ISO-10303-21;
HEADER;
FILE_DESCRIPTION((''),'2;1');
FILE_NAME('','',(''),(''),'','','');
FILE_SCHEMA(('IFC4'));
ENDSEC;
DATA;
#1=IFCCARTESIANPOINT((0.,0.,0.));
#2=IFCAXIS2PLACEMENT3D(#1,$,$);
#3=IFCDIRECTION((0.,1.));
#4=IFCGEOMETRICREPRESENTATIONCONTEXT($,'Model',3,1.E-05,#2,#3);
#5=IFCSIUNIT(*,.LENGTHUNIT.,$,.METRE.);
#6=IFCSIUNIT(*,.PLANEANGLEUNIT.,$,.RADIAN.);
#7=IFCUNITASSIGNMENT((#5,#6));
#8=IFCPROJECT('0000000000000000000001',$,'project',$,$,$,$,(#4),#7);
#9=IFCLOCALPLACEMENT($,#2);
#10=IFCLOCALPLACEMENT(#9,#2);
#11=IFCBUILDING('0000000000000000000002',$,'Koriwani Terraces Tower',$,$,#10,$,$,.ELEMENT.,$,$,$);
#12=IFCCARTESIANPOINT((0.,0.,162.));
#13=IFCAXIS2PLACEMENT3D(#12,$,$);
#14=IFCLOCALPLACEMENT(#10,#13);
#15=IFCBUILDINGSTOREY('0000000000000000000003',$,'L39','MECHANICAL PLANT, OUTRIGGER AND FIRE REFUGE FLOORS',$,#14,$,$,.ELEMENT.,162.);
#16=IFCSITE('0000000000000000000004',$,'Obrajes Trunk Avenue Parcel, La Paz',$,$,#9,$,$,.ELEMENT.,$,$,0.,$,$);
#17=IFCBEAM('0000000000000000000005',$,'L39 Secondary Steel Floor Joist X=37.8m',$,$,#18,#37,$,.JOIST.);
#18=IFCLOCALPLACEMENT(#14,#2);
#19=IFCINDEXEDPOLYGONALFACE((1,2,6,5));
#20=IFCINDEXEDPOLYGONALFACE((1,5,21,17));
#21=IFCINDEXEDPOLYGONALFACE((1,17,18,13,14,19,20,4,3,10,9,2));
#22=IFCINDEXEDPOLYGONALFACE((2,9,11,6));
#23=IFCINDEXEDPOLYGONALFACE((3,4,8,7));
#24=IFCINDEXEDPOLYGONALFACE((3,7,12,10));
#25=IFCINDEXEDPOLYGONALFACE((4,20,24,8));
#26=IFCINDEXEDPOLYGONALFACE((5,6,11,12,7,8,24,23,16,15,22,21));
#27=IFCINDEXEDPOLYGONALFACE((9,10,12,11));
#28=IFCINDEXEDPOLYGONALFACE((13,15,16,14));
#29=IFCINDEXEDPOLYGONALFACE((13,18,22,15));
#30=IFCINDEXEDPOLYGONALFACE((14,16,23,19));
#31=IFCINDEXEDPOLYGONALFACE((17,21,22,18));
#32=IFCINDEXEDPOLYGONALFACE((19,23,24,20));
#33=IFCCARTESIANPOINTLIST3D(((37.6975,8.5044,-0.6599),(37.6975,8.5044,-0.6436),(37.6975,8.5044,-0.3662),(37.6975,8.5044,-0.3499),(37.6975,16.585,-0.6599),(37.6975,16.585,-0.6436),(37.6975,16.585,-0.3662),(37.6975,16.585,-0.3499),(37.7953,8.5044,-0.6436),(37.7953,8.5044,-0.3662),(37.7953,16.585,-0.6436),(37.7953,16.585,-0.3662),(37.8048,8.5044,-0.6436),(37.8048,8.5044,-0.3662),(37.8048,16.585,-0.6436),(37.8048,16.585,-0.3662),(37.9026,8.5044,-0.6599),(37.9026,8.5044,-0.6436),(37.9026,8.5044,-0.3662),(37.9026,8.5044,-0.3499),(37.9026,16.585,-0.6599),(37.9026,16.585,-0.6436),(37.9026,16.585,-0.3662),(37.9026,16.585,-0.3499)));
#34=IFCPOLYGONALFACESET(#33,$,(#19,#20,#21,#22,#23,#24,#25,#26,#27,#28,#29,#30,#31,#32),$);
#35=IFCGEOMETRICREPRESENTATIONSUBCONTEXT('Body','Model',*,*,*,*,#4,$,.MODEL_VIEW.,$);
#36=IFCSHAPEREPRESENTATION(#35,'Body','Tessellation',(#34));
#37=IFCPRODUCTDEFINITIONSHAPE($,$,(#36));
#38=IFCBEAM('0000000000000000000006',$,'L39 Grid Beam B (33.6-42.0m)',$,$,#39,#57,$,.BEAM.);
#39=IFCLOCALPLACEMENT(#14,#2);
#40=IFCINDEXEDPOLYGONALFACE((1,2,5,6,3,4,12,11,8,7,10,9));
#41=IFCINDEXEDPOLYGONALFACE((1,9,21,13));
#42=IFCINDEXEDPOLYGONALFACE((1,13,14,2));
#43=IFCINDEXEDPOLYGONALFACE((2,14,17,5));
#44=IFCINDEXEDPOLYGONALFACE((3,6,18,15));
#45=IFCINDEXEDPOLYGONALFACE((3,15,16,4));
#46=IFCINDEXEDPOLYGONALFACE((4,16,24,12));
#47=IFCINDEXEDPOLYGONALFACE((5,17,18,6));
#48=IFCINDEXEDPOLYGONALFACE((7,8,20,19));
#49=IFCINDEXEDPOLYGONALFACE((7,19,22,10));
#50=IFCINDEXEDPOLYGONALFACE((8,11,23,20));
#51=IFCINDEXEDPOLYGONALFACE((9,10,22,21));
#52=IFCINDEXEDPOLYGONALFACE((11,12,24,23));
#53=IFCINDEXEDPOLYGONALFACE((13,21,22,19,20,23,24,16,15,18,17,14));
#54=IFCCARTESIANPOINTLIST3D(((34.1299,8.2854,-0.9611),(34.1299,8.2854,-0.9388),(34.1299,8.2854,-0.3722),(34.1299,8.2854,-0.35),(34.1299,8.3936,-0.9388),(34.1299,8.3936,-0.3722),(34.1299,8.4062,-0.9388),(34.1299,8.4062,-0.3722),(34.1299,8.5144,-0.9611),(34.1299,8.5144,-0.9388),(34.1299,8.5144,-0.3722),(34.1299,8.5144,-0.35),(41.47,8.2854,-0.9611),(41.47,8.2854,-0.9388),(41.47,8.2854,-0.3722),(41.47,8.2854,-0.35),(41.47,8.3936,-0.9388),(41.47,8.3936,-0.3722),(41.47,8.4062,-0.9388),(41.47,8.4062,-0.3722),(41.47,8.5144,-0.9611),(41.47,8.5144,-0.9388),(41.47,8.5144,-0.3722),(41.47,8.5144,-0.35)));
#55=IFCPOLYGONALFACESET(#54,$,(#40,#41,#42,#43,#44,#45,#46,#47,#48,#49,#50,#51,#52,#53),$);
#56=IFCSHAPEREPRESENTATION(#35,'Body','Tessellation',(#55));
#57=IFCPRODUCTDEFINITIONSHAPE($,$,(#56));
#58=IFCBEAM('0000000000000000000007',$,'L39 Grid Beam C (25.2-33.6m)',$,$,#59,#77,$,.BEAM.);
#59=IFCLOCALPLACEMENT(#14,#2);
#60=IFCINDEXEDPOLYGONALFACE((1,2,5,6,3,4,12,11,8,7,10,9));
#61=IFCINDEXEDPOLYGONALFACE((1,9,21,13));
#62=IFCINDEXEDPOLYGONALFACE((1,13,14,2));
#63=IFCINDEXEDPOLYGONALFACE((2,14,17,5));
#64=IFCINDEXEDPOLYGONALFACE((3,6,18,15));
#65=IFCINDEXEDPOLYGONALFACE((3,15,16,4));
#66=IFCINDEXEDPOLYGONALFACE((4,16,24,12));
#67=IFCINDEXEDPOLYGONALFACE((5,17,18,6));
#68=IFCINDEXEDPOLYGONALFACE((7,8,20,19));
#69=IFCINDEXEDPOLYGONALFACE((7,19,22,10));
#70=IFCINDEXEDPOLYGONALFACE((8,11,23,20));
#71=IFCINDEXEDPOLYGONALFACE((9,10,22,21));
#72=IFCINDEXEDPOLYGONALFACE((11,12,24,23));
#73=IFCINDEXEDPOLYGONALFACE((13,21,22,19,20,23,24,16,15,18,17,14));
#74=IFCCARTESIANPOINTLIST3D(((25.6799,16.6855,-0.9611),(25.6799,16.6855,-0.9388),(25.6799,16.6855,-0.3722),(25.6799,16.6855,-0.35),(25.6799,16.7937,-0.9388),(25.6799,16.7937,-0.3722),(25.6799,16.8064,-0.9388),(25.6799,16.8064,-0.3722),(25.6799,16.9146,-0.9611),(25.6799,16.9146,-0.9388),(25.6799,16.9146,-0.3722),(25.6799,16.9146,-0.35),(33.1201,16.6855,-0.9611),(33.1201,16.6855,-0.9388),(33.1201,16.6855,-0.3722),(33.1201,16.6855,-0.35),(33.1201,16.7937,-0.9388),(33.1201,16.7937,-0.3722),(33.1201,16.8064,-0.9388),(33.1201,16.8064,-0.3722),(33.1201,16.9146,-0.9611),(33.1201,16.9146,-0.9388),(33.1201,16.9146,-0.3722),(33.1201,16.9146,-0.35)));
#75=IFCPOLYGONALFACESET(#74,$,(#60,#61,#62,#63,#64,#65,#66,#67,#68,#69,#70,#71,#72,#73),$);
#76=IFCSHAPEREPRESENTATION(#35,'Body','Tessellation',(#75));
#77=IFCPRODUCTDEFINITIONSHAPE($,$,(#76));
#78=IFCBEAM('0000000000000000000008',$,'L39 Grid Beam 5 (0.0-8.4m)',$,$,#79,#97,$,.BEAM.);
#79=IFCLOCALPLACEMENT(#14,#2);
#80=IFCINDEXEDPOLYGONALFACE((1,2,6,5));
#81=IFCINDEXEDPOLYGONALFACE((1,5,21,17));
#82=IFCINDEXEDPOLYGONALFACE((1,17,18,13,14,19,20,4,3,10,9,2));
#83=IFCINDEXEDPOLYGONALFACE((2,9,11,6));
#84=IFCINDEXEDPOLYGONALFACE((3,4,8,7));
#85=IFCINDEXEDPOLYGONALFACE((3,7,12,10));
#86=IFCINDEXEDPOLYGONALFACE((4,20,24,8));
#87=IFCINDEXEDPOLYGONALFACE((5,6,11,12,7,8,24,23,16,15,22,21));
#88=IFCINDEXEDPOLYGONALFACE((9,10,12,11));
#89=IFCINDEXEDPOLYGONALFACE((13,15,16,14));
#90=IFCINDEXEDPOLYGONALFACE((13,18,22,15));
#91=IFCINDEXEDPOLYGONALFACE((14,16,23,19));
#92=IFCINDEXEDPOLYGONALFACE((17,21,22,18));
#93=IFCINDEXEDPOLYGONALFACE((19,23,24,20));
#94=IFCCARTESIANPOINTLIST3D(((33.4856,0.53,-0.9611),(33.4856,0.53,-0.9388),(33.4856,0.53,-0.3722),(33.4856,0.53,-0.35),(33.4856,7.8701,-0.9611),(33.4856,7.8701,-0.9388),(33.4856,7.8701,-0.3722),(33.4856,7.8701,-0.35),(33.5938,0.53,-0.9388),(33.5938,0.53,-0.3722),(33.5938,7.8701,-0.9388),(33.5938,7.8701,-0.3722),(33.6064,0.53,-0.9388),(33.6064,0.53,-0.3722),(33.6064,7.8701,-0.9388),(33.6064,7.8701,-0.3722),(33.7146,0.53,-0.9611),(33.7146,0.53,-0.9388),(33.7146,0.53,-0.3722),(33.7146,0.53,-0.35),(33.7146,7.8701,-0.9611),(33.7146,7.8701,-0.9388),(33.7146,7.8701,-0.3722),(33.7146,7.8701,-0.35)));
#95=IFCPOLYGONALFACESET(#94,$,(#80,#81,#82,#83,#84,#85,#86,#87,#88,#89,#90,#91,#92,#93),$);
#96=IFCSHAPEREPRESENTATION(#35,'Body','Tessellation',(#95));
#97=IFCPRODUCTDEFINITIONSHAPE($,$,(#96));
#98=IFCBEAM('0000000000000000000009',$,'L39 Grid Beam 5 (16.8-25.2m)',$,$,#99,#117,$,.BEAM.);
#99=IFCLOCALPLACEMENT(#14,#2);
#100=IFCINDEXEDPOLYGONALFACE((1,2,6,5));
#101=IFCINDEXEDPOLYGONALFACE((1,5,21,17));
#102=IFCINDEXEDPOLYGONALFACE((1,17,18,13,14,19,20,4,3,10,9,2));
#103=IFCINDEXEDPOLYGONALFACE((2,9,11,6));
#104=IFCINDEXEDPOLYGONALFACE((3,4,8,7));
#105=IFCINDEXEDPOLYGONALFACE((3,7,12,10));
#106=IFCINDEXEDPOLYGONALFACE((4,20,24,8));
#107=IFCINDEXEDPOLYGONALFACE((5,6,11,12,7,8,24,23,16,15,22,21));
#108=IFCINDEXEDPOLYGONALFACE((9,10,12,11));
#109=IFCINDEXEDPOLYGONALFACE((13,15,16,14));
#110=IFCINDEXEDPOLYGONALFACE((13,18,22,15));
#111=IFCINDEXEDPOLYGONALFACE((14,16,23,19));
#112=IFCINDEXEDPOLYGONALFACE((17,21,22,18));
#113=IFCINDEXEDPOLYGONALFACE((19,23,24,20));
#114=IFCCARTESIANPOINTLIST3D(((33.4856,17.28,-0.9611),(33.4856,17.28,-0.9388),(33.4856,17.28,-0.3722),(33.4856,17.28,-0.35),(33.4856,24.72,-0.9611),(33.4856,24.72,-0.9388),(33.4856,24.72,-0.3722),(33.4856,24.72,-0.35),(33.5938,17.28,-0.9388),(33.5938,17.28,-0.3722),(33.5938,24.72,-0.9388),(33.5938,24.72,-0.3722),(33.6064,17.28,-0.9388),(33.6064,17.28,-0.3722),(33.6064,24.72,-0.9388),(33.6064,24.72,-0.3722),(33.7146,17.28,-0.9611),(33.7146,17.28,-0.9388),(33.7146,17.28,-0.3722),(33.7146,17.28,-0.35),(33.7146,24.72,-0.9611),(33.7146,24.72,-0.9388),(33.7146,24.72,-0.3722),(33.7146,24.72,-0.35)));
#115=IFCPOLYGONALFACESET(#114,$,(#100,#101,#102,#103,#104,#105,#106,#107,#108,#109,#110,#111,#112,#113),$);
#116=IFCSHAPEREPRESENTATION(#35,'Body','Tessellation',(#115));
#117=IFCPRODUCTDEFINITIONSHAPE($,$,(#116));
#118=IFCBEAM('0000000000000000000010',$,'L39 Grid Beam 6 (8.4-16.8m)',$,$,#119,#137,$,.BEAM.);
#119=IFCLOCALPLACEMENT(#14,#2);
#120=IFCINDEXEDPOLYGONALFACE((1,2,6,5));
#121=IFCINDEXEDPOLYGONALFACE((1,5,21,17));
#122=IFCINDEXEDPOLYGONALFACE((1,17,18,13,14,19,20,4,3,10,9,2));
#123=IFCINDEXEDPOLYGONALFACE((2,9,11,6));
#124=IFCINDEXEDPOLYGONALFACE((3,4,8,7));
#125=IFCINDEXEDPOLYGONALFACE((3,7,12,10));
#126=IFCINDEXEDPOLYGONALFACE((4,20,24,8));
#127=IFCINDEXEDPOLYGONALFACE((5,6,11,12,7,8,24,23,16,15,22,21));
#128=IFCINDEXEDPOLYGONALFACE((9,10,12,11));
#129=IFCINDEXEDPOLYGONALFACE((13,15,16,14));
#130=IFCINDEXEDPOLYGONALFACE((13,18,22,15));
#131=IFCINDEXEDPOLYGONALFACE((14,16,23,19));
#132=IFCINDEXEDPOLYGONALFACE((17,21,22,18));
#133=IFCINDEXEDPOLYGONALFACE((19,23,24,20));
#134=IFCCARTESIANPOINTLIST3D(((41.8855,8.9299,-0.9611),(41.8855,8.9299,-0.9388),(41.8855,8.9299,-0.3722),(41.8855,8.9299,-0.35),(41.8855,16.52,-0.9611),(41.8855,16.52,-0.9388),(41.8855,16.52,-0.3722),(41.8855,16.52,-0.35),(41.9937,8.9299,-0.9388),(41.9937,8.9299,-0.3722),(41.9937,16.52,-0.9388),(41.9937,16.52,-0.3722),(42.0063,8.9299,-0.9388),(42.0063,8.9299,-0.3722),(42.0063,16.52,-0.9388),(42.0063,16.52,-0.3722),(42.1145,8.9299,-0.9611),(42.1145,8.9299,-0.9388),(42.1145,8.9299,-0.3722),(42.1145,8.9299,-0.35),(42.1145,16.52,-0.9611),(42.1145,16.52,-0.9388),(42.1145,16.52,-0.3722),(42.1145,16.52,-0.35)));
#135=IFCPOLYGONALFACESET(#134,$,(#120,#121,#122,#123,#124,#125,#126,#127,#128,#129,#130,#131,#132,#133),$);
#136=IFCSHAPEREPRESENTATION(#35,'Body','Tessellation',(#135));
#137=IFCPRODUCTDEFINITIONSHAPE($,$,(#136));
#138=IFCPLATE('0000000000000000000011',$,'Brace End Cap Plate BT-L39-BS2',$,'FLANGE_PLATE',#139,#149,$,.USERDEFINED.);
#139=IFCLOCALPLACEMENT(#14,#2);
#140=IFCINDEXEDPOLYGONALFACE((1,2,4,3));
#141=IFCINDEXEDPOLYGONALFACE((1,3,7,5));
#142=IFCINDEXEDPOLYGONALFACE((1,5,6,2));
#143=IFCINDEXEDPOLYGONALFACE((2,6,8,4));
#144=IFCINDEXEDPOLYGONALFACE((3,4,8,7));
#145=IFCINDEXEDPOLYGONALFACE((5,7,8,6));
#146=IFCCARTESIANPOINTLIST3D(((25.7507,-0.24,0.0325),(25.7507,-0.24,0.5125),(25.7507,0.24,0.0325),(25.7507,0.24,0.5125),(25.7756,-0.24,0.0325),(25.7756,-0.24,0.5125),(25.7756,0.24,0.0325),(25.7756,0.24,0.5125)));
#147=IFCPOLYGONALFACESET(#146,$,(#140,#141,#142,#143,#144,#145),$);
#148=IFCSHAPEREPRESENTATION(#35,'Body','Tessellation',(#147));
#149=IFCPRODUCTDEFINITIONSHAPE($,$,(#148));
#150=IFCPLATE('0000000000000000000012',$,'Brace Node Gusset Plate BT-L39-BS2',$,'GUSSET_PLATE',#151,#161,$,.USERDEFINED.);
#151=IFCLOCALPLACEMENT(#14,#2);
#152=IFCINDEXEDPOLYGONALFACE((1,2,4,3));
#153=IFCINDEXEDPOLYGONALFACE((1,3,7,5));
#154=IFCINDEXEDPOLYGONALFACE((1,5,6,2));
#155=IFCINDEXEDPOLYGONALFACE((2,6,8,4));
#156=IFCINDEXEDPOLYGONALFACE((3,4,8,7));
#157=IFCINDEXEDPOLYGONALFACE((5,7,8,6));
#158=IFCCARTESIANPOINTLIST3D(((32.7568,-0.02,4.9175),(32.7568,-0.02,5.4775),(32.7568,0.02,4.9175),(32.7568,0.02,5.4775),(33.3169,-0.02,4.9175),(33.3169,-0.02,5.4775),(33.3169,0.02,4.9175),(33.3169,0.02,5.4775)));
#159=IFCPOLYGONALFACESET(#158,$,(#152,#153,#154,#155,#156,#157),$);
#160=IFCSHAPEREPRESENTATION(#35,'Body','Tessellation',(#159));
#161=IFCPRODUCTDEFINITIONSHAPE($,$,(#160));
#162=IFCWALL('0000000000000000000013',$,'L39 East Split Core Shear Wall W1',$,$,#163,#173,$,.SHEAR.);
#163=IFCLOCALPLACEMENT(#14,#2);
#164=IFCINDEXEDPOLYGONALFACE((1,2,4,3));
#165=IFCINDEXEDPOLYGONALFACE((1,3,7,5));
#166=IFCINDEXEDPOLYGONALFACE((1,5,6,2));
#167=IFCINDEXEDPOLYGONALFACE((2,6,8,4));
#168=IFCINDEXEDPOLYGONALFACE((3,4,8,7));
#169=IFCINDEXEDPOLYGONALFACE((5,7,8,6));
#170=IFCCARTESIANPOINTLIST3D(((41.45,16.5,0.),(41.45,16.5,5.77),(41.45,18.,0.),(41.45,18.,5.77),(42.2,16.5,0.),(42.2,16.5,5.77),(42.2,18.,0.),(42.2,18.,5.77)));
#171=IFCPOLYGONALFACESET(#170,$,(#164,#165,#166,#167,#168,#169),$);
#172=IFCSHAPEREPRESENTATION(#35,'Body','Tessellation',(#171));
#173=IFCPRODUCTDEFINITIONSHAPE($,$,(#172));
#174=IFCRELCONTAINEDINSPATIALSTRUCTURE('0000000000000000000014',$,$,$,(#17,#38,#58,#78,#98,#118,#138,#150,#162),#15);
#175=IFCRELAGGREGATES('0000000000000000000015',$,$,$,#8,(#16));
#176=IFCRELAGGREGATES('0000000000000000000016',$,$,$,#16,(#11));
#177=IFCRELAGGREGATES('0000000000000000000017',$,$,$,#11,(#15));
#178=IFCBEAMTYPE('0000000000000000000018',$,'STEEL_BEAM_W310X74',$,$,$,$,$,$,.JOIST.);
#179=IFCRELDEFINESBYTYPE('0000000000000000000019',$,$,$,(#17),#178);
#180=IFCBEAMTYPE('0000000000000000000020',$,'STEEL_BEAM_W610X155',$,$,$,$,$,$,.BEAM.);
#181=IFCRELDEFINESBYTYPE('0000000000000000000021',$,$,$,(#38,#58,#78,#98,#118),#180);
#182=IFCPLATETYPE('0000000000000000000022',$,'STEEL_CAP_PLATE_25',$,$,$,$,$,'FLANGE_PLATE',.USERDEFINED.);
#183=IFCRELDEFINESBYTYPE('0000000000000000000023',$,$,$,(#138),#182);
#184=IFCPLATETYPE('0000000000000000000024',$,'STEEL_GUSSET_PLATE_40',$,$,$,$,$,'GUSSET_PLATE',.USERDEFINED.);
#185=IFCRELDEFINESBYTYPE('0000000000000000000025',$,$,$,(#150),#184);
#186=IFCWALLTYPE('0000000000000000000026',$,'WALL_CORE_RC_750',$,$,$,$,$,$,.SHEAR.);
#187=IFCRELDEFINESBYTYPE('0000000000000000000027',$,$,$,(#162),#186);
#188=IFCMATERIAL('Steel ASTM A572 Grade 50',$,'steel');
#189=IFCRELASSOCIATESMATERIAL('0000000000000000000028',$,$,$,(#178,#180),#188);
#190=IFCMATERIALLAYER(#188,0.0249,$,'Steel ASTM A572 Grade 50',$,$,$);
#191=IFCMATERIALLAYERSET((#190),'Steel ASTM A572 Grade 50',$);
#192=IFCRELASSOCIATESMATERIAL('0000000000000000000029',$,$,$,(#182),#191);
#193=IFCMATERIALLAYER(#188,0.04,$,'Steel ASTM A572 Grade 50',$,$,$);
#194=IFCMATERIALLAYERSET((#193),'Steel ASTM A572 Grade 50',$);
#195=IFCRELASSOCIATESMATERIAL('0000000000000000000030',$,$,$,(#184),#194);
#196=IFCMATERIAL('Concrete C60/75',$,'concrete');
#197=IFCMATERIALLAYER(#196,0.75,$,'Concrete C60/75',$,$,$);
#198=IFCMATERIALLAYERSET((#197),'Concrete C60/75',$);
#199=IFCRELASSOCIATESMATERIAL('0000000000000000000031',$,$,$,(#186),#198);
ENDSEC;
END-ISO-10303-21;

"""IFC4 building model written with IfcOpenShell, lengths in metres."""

from ifc_helpers import new_model, si_unit, direction, frame, frame_2d, origin, origin_2d, place, context, subcontext, project, spatial, rectangle, i_section, extrude, material, layer, layer_set, material_profile, profile_set, type_object, element, save


model = new_model("IFC4")

# Units and contexts
model_context = context("Model", 3, precision=1e-05, world=origin(), true_north=direction((0.0, 1.0)))
body_context = subcontext(model_context, "Body", "Model", "MODEL_VIEW")
ifc_project = project(units=[si_unit("LENGTHUNIT", "METRE"), si_unit("PLANEANGLEUNIT", "RADIAN")], contexts=[model_context])

# Site, building, storey
site_placement = place(None, origin())
site = spatial("IfcSite", under=ifc_project, at=site_placement, Name="Obrajes Trunk Avenue Parcel, La Paz", CompositionType="ELEMENT", RefElevation=0.0)
building_placement = place(site_placement, origin())
building = spatial("IfcBuilding", under=site, at=building_placement, Name="Koriwani Terraces Tower", CompositionType="ELEMENT")
storey_placement = place(building_placement, frame((0.0, 0.0, 162.0)))
storey = spatial("IfcBuildingStorey", under=building, at=storey_placement, Name="L39", Description="MECHANICAL PLANT, OUTRIGGER AND FIRE REFUGE FLOORS", CompositionType="ELEMENT", Elevation=162.0)

# Shared definitions
ifc_material_1 = material(Name="Steel ASTM A572 Grade 50", Category="steel")

# Beams
ifc_material_profile_1 = material_profile(ifc_material_1, i_section(OverallWidth=0.2051, OverallDepth=0.3101, WebThickness=0.0095, FlangeThickness=0.0164, at=origin_2d()), Name="Steel ASTM A572 Grade 50", Category="LoadBearing")
ifc_profile_set_1 = profile_set([ifc_material_profile_1], Name="Steel ASTM A572 Grade 50")
beam_type_1 = type_object("IfcBeamType", Name="STEEL_BEAM_W310X74", PredefinedType="JOIST", material=ifc_profile_set_1)
for number, where, z_axis, x_axis, name in (
    (1, (37.8, 8.5044, -0.5049), (0.0, 1.0, 0.0), (-1.0, 0.0, 0.0), "L39 Secondary Steel Floor Joist X=37.8m"),
):
    element("IfcBeam", number, at=place(storey_placement, frame(where, z_axis=z_axis, x_axis=x_axis)), inside=storey, type_object=beam_type_1, Name=name, PredefinedType="JOIST", context=body_context, shape_type="SweptSolid", body=[
        extrude(i_section(OverallWidth=0.2051, OverallDepth=0.3101, WebThickness=0.0095, FlangeThickness=0.0164, at=origin_2d()), origin(), (0.0, 0.0, 1.0), 8.0806),
    ])
ifc_material_profile_2 = material_profile(ifc_material_1, i_section(OverallWidth=0.229, OverallDepth=0.6111, WebThickness=0.0127, FlangeThickness=0.0222, at=origin_2d()), Name="Steel ASTM A572 Grade 50", Category="LoadBearing")
ifc_profile_set_2 = profile_set([ifc_material_profile_2], Name="Steel ASTM A572 Grade 50")
beam_type_2 = type_object("IfcBeamType", Name="STEEL_BEAM_W610X155", PredefinedType="BEAM", material=ifc_profile_set_2)
beam_1_placement = place(storey_placement, frame((34.1299, 8.3999, -0.6555), z_axis=(1.0, 0.0, 0.0), x_axis=(0.0, 1.0, 0.0)))
element("IfcBeam", 2, at=beam_1_placement, inside=storey, type_object=beam_type_2, Name="L39 Grid Beam B (33.6-42.0m)", PredefinedType="BEAM", context=body_context, shape_type="SweptSolid", body=[
    extrude(i_section(OverallWidth=0.229, OverallDepth=0.6111, WebThickness=0.0127, FlangeThickness=0.0222, at=origin_2d()), origin(), (0.0, 0.0, 1.0), 7.3401),
])
beam_2_placement = place(storey_placement, frame((25.6799, 16.8, -0.6555), z_axis=(1.0, 0.0, 0.0), x_axis=(0.0, 1.0, 0.0)))
element("IfcBeam", 3, at=beam_2_placement, inside=storey, type_object=beam_type_2, Name="L39 Grid Beam C (25.2-33.6m)", PredefinedType="BEAM", context=body_context, shape_type="SweptSolid", body=[
    extrude(i_section(OverallWidth=0.229, OverallDepth=0.6111, WebThickness=0.0127, FlangeThickness=0.0222, at=origin_2d()), origin(), (0.0, 0.0, 1.0), 7.4402),
])
beam_3_placement = place(storey_placement, frame((33.6001, 0.53, -0.6555), z_axis=(0.0, 1.0, 0.0), x_axis=(-1.0, 0.0, 0.0)))
element("IfcBeam", 4, at=beam_3_placement, inside=storey, type_object=beam_type_2, Name="L39 Grid Beam 5 (0.0-8.4m)", PredefinedType="BEAM", context=body_context, shape_type="SweptSolid", body=[
    extrude(i_section(OverallWidth=0.229, OverallDepth=0.6111, WebThickness=0.0127, FlangeThickness=0.0222, at=origin_2d()), origin(), (0.0, 0.0, 1.0), 7.3401),
])
beam_4_placement = place(storey_placement, frame((33.6001, 17.28, -0.6555), z_axis=(0.0, 1.0, 0.0), x_axis=(-1.0, 0.0, 0.0)))
element("IfcBeam", 5, at=beam_4_placement, inside=storey, type_object=beam_type_2, Name="L39 Grid Beam 5 (16.8-25.2m)", PredefinedType="BEAM", context=body_context, shape_type="SweptSolid", body=[
    extrude(i_section(OverallWidth=0.229, OverallDepth=0.6111, WebThickness=0.0127, FlangeThickness=0.0222, at=origin_2d()), origin(), (0.0, 0.0, 1.0), 7.4399),
])
beam_5_placement = place(storey_placement, frame((42.0, 8.9299, -0.6555), z_axis=(0.0, 1.0, 0.0), x_axis=(-1.0, 0.0, 0.0)))
element("IfcBeam", 6, at=beam_5_placement, inside=storey, type_object=beam_type_2, Name="L39 Grid Beam 6 (8.4-16.8m)", PredefinedType="BEAM", context=body_context, shape_type="SweptSolid", body=[
    extrude(i_section(OverallWidth=0.229, OverallDepth=0.6111, WebThickness=0.0127, FlangeThickness=0.0222, at=origin_2d()), origin(), (0.0, 0.0, 1.0), 7.5901),
])

# Plates
ifc_layer_1 = layer(ifc_material_1, 0.0249, Name="Steel ASTM A572 Grade 50")
ifc_layer_set_1 = layer_set([ifc_layer_1], Name="Steel ASTM A572 Grade 50")
plate_type_1 = type_object("IfcPlateType", Name="STEEL_CAP_PLATE_25", ElementType="FLANGE_PLATE", PredefinedType="USERDEFINED", material=ifc_layer_set_1)
plate_1_placement = place(storey_placement, frame((25.7632, 0.0, 0.0325), z_axis=(0.0, 0.0, 1.0), x_axis=(1.0, 0.0, 0.0)))
element("IfcPlate", 7, at=plate_1_placement, inside=storey, type_object=plate_type_1, Name="Brace End Cap Plate BT-L39-BS2", ObjectType="FLANGE_PLATE", PredefinedType="USERDEFINED", context=body_context, shape_type="SweptSolid", body=[
    extrude(rectangle(XDim=0.0249, YDim=0.48, at=origin_2d()), origin(), (0.0, 0.0, 1.0), 0.48),
])
ifc_layer_2 = layer(ifc_material_1, 0.04, Name="Steel ASTM A572 Grade 50")
ifc_layer_set_2 = layer_set([ifc_layer_2], Name="Steel ASTM A572 Grade 50")
plate_type_2 = type_object("IfcPlateType", Name="STEEL_GUSSET_PLATE_40", ElementType="GUSSET_PLATE", PredefinedType="USERDEFINED", material=ifc_layer_set_2)
plate_2_placement = place(storey_placement, frame((33.0369, 0.0, 4.9175), z_axis=(0.0, 0.0, 1.0), x_axis=(1.0, 0.0, 0.0)))
element("IfcPlate", 8, at=plate_2_placement, inside=storey, type_object=plate_type_2, Name="Brace Node Gusset Plate BT-L39-BS2", ObjectType="GUSSET_PLATE", PredefinedType="USERDEFINED", context=body_context, shape_type="SweptSolid", body=[
    extrude(rectangle(XDim=0.5601, YDim=0.04, at=origin_2d()), origin(), (0.0, 0.0, 1.0), 0.5601),
])

# Wall
ifc_material_2 = material(Name="Concrete C60/75", Category="concrete")
ifc_layer_3 = layer(ifc_material_2, 0.75, Name="Concrete C60/75")
ifc_layer_set_3 = layer_set([ifc_layer_3], Name="Concrete C60/75")
wall_type_1 = type_object("IfcWallType", Name="WALL_CORE_RC_750", PredefinedType="SHEAR", material=ifc_layer_set_3)
wall_1_placement = place(storey_placement, frame((41.825, 16.5, 0.0), z_axis=(0.0, 0.0, 1.0), x_axis=(0.0, 1.0, 0.0)))
element("IfcWall", 9, at=wall_1_placement, inside=storey, type_object=wall_type_1, Name="L39 East Split Core Shear Wall W1", PredefinedType="SHEAR", context=body_context, shape_type="SweptSolid", body=[
    extrude(rectangle(XDim=1.5, YDim=0.75, at=frame_2d((0.75, 0.0))), origin(), (0.0, 0.0, 1.0), 5.77),
])

save(model, "model.ifc")
